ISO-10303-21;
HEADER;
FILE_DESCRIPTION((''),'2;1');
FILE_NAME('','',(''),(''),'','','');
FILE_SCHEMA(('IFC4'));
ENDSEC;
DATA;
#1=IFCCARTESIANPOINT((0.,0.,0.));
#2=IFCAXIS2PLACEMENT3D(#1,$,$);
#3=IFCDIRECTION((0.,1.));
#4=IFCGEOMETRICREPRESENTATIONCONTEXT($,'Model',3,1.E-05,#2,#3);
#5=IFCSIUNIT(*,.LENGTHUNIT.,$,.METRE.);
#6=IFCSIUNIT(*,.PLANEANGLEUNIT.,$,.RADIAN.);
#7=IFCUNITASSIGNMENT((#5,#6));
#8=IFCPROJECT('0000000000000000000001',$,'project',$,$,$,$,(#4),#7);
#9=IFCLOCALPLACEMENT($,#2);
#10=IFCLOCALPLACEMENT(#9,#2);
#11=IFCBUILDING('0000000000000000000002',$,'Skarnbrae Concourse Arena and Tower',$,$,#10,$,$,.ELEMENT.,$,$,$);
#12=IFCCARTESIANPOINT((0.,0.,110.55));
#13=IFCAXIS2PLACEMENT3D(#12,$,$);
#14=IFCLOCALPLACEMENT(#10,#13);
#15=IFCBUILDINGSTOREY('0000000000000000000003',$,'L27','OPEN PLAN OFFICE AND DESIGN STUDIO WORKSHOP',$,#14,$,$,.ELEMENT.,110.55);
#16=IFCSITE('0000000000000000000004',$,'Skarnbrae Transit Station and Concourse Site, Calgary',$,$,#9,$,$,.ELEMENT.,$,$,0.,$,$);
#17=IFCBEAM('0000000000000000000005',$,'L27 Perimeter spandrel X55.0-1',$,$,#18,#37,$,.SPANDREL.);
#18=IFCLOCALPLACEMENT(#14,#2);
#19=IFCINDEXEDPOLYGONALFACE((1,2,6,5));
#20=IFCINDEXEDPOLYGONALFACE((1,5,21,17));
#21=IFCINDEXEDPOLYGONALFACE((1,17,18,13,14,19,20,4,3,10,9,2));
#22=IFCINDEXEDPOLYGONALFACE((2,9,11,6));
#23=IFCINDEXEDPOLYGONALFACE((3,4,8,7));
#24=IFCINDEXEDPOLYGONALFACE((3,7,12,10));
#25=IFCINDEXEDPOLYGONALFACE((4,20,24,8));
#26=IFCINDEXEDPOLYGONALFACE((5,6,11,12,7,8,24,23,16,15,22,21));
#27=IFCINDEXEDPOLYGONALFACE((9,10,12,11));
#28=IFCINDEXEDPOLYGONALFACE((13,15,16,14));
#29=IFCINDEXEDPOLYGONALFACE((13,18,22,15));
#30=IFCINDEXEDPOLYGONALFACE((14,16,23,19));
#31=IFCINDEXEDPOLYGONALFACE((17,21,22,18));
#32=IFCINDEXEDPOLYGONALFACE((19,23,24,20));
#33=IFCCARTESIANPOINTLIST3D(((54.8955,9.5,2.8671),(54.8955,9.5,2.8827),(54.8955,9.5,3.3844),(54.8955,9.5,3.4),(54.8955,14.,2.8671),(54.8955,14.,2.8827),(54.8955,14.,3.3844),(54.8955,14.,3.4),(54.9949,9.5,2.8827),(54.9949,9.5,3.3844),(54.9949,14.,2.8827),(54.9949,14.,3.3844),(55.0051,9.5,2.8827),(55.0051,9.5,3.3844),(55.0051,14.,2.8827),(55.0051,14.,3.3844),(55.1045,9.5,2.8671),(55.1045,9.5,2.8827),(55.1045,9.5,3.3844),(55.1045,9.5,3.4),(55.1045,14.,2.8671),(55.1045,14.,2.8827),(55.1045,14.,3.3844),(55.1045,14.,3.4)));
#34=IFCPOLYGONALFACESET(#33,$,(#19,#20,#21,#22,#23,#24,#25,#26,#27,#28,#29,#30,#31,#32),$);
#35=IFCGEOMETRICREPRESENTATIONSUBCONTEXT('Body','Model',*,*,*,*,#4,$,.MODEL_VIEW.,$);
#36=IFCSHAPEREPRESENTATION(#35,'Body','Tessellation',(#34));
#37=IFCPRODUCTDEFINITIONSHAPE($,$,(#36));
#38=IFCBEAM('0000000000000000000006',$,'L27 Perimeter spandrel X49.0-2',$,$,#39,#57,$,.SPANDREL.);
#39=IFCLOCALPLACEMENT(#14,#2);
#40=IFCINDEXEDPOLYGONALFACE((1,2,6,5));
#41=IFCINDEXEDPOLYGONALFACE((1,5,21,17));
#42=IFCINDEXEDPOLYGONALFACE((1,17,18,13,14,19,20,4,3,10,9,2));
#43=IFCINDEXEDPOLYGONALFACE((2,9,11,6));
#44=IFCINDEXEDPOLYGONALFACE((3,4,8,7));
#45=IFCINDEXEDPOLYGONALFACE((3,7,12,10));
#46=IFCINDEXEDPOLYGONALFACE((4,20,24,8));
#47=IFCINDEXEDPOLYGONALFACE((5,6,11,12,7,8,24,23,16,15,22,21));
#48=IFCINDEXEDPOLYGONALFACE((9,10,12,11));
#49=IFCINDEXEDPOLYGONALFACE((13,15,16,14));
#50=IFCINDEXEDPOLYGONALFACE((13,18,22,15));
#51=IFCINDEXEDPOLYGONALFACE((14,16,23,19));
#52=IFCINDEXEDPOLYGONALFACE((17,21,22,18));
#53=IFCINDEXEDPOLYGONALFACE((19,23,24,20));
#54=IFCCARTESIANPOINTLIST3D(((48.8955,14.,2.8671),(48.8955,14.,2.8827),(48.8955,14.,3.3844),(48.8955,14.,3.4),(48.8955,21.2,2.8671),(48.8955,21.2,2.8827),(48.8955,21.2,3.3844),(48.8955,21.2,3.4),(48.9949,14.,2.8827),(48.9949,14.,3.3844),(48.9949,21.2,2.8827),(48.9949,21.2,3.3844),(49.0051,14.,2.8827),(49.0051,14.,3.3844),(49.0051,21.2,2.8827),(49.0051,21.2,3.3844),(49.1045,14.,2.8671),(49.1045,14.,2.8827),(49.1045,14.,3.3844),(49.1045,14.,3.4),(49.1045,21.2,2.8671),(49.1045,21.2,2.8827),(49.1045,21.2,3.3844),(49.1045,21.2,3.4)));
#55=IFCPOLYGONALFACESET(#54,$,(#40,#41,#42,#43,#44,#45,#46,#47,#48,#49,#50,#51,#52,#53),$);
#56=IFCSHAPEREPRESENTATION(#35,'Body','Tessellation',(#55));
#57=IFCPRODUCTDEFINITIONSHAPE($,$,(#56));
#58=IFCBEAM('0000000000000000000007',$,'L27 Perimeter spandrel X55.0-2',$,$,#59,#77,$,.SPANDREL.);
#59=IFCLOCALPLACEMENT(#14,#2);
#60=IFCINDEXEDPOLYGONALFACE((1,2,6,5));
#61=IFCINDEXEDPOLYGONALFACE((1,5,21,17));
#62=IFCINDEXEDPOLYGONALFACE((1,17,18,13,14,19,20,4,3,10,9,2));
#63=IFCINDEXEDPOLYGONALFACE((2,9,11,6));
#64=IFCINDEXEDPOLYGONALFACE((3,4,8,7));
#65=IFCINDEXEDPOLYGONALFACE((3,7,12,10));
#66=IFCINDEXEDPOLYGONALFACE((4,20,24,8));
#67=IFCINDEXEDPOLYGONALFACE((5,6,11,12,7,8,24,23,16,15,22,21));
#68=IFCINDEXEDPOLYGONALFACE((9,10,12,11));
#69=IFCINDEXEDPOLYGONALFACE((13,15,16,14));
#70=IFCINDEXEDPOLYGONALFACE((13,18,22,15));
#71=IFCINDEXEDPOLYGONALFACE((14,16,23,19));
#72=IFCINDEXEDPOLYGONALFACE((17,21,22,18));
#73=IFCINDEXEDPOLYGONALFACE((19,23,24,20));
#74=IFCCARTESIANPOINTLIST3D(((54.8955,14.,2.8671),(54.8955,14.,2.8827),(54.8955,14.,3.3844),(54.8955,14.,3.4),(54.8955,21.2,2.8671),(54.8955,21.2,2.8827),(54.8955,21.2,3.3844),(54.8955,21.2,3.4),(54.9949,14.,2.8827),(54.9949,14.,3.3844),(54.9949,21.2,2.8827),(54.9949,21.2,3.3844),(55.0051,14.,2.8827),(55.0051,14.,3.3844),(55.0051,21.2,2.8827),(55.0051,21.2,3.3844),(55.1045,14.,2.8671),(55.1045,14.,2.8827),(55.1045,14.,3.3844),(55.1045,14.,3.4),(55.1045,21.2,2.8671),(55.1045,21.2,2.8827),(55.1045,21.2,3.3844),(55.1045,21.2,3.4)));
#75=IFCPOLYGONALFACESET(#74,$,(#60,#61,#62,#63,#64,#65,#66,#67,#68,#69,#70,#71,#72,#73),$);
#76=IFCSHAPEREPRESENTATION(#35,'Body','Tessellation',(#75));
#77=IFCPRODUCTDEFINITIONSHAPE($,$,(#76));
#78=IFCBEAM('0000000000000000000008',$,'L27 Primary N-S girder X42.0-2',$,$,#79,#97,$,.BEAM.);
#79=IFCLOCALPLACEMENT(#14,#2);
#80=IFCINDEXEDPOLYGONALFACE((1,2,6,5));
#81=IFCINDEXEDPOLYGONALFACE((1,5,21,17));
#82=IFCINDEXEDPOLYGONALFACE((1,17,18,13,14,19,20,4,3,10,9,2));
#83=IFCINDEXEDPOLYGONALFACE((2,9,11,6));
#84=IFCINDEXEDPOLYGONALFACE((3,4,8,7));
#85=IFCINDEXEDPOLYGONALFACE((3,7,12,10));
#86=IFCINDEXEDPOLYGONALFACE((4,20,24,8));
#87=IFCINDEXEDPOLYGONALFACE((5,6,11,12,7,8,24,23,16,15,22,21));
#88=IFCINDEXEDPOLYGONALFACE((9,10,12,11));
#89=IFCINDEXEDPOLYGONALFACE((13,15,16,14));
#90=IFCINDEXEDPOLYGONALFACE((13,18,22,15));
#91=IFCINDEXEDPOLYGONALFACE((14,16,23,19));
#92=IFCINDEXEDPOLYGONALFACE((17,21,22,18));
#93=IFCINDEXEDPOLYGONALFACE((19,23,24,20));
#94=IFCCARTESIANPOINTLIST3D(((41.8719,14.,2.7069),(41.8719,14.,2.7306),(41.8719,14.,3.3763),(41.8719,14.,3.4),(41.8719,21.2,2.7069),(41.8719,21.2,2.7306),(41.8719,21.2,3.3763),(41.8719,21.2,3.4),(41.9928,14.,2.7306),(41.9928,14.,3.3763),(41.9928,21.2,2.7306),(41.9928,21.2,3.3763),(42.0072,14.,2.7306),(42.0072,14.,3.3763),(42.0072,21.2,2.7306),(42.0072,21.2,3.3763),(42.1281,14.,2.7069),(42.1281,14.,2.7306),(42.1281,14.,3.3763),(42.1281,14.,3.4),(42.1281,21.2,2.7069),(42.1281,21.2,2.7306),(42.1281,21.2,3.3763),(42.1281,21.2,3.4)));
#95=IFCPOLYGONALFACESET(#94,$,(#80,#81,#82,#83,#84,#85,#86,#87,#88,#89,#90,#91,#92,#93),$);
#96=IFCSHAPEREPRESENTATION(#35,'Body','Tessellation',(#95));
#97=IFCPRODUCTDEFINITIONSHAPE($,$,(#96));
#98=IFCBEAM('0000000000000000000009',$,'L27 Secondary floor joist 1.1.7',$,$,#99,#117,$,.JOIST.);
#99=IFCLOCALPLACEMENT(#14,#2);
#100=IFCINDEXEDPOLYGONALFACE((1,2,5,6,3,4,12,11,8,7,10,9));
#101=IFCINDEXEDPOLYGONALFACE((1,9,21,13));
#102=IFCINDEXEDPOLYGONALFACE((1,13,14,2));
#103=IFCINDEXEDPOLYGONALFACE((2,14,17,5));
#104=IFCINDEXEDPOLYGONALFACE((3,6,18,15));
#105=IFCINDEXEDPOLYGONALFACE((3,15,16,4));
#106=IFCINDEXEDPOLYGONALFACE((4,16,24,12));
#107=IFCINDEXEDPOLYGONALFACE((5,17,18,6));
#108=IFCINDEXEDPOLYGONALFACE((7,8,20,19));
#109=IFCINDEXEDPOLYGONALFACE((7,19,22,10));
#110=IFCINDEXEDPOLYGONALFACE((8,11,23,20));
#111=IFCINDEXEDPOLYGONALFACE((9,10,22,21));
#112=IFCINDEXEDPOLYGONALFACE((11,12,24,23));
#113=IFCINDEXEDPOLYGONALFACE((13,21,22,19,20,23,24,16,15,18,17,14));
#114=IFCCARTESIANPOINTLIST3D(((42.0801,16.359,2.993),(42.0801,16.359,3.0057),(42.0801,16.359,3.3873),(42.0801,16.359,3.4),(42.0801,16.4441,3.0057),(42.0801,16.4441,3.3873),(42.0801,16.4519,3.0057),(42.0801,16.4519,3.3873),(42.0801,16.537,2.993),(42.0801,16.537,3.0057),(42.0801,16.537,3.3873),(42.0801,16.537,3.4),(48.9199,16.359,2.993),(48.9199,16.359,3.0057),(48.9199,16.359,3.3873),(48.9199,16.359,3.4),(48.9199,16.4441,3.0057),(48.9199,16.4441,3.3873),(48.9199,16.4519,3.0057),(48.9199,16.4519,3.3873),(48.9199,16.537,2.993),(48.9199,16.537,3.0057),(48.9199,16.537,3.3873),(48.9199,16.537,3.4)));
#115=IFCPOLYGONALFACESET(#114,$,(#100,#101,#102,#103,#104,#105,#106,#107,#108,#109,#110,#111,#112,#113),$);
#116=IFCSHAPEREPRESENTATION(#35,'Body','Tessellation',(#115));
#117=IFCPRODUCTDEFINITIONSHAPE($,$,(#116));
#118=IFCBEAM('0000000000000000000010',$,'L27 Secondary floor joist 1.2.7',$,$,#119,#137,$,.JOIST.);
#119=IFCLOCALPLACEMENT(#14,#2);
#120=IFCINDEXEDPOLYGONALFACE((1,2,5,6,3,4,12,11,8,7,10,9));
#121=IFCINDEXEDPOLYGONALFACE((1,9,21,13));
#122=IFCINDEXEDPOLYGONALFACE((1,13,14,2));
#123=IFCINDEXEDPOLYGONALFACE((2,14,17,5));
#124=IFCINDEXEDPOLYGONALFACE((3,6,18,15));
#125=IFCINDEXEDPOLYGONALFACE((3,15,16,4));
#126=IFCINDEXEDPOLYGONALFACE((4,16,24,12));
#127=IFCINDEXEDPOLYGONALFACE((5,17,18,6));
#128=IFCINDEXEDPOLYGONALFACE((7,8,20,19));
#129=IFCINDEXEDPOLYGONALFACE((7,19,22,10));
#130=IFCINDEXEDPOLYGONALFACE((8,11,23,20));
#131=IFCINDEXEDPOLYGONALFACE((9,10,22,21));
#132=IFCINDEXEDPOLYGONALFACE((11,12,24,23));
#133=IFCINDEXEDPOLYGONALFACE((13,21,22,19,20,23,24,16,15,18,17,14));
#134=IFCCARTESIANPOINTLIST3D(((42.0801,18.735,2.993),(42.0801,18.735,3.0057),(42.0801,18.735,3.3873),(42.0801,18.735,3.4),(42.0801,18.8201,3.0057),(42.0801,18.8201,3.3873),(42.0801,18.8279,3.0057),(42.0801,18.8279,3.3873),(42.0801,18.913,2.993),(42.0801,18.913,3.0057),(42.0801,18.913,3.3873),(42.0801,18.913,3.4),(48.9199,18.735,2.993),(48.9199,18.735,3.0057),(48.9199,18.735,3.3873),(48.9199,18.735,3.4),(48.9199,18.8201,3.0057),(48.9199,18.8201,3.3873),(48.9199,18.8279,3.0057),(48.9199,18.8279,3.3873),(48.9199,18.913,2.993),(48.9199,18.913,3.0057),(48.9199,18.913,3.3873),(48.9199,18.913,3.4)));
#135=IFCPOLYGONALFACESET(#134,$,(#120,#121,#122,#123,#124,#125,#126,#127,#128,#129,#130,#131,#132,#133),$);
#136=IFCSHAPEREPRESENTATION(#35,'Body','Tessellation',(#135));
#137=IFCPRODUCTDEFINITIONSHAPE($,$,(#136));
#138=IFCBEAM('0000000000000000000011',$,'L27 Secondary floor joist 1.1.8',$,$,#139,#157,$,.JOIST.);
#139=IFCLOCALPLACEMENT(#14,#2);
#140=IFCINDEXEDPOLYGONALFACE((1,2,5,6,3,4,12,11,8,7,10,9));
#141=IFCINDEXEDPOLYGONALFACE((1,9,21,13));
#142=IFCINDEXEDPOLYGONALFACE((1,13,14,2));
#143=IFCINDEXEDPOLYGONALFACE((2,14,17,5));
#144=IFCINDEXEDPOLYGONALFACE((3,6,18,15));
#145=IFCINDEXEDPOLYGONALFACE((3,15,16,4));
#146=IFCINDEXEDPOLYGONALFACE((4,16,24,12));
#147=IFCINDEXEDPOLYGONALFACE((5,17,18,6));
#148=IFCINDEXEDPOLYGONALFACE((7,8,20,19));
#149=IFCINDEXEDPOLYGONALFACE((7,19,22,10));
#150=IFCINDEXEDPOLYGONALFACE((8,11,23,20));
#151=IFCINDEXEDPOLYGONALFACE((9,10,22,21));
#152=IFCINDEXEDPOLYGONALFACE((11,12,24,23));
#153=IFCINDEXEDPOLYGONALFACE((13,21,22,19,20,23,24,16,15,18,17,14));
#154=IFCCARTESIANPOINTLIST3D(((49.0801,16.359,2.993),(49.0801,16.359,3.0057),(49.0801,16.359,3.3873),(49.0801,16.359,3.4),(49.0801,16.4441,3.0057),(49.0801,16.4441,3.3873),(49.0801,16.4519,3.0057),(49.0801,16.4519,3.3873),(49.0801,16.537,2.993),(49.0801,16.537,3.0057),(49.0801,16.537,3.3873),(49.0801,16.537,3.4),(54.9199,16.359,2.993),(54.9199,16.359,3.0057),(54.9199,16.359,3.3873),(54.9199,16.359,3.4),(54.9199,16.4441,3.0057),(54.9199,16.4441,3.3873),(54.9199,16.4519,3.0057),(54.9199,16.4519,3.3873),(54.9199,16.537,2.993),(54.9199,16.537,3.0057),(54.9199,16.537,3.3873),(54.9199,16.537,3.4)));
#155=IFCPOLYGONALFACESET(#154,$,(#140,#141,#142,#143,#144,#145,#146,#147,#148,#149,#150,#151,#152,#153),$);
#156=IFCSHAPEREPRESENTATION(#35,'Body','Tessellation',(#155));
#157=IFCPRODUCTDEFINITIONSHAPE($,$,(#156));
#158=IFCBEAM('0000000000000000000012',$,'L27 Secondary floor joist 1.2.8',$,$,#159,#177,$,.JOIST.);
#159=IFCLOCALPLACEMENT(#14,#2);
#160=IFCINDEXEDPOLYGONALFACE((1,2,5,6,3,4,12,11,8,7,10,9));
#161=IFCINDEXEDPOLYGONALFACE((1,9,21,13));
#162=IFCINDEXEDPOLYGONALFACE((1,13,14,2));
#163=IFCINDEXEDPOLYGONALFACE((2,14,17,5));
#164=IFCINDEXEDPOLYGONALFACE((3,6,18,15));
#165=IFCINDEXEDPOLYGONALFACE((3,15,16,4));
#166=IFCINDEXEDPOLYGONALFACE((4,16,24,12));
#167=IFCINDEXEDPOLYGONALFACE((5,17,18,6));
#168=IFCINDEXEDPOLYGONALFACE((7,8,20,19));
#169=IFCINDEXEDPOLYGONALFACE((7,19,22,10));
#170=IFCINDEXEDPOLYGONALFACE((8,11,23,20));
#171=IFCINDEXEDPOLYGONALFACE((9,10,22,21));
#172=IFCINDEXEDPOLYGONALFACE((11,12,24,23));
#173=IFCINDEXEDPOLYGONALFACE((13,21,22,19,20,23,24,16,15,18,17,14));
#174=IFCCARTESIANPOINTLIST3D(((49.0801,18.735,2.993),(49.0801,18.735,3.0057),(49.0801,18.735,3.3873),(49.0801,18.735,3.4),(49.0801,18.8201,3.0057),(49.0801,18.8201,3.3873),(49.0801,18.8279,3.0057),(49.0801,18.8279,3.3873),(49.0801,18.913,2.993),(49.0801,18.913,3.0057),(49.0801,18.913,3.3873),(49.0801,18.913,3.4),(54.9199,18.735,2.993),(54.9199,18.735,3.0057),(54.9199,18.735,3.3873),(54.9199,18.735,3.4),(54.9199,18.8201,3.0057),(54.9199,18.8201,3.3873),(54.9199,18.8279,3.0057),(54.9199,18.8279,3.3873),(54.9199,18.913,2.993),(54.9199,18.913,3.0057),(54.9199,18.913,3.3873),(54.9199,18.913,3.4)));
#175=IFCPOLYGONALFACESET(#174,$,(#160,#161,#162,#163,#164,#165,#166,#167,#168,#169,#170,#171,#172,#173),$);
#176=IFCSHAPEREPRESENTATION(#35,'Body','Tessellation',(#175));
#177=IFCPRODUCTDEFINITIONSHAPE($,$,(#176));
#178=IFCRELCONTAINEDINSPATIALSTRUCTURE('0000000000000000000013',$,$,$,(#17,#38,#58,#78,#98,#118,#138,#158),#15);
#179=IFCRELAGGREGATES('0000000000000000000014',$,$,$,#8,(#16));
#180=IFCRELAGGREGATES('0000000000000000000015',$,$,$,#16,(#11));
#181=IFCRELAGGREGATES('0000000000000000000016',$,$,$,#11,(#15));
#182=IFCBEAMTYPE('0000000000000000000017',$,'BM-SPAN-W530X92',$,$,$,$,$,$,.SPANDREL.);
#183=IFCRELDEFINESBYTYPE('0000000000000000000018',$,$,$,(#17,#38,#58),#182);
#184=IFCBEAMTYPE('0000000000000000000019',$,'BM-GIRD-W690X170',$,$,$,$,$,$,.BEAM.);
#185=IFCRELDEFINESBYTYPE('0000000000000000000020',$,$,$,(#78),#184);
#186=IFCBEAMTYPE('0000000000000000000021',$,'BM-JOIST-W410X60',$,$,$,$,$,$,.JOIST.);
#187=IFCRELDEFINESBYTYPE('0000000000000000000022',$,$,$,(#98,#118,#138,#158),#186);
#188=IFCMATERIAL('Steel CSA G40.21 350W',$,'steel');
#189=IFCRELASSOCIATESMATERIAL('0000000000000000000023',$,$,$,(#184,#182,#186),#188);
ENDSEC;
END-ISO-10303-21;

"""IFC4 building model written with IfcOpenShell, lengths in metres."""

from ifc_helpers import new_model, si_unit, direction, frame, origin, origin_2d, place, context, subcontext, project, spatial, i_section, extrude, source, transform, mapped, material, material_profile, profile_set, type_object, element, save


model = new_model("IFC4")

# Units and contexts
model_context = context("Model", 3, precision=1e-05, world=origin(), true_north=direction((0.0, 1.0)))
body_context = subcontext(model_context, "Body", "Model", "MODEL_VIEW")
ifc_project = project(units=[si_unit("LENGTHUNIT", "METRE"), si_unit("PLANEANGLEUNIT", "RADIAN")], contexts=[model_context])

# Site, building, storey
site_placement = place(None, origin())
site = spatial("IfcSite", under=ifc_project, at=site_placement, Name="Skarnbrae Transit Station and Concourse Site, Calgary", CompositionType="ELEMENT", RefElevation=0.0)
building_placement = place(site_placement, origin())
building = spatial("IfcBuilding", under=site, at=building_placement, Name="Skarnbrae Concourse Arena and Tower", CompositionType="ELEMENT")
storey_placement = place(building_placement, frame((0.0, 0.0, 110.55)))
storey = spatial("IfcBuildingStorey", under=building, at=storey_placement, Name="L27", Description="OPEN PLAN OFFICE AND DESIGN STUDIO WORKSHOP", CompositionType="ELEMENT", Elevation=110.55)

# Shared definitions
ifc_material_1 = material(Name="Steel CSA G40.21 350W", Category="steel")

# Beams
ifc_material_profile_1 = material_profile(ifc_material_1, i_section(OverallWidth=0.2561, OverallDepth=0.6931, WebThickness=0.0144, FlangeThickness=0.0237, at=origin_2d()), Name="W690X170")
ifc_profile_set_1 = profile_set([ifc_material_profile_1], Name="Steel CSA G40.21 350W")
beam_type_1 = type_object("IfcBeamType", Name="BM-GIRD-W690X170", PredefinedType="BEAM", material=ifc_profile_set_1)
ifc_material_profile_2 = material_profile(ifc_material_1, i_section(OverallWidth=0.209, OverallDepth=0.533, WebThickness=0.0103, FlangeThickness=0.0156, at=origin_2d()), Name="W530X92")
ifc_profile_set_2 = profile_set([ifc_material_profile_2], Name="Steel CSA G40.21 350W")
beam_type_2 = type_object("IfcBeamType", Name="BM-SPAN-W530X92", PredefinedType="SPANDREL", material=ifc_profile_set_2)
shared_shape_1 = source(origin(), body_context, "Body", "SweptSolid", [
    extrude(i_section(OverallWidth=0.209, OverallDepth=0.533, WebThickness=0.0103, FlangeThickness=0.0156, at=origin_2d()), origin(), (0.0, 0.0, 1.0), 4.5),
])
for number, where, z_axis, x_axis, name in (
    (1, (55.0, 9.5, 3.1335), (0.0, 1.0, 0.0), (-1.0, 0.0, 0.0), "L27 Perimeter spandrel X55.0-1"),
):
    element("IfcBeam", number, at=place(storey_placement, frame(where, z_axis=z_axis, x_axis=x_axis)), inside=storey, type_object=beam_type_2, Name=name, PredefinedType="SPANDREL", context=body_context, shape_type="MappedRepresentation", body=[
        mapped(shared_shape_1, transform((0.0, 0.0, 0.0))),
    ])
shared_shape_2 = source(origin(), body_context, "Body", "SweptSolid", [
    extrude(i_section(OverallWidth=0.209, OverallDepth=0.533, WebThickness=0.0103, FlangeThickness=0.0156, at=origin_2d()), origin(), (0.0, 0.0, 1.0), 7.2),
])
for number, where, z_axis, x_axis, name in (
    (2, (49.0, 14.0, 3.1335), (0.0, 1.0, 0.0), (-1.0, 0.0, 0.0), "L27 Perimeter spandrel X49.0-2"),
    (3, (55.0, 14.0, 3.1335), (0.0, 1.0, 0.0), (-1.0, 0.0, 0.0), "L27 Perimeter spandrel X55.0-2"),
):
    element("IfcBeam", number, at=place(storey_placement, frame(where, z_axis=z_axis, x_axis=x_axis)), inside=storey, type_object=beam_type_2, Name=name, PredefinedType="SPANDREL", context=body_context, shape_type="MappedRepresentation", body=[
        mapped(shared_shape_2, transform((0.0, 0.0, 0.0))),
    ])
shared_shape_3 = source(origin(), body_context, "Body", "SweptSolid", [
    extrude(i_section(OverallWidth=0.2561, OverallDepth=0.6931, WebThickness=0.0144, FlangeThickness=0.0237, at=origin_2d()), origin(), (0.0, 0.0, 1.0), 7.2),
])
beam_1_placement = place(storey_placement, frame((42.0, 14.0, 3.0535), z_axis=(0.0, 1.0, 0.0), x_axis=(-1.0, 0.0, 0.0)))
element("IfcBeam", 4, at=beam_1_placement, inside=storey, type_object=beam_type_1, Name="L27 Primary N-S girder X42.0-2", PredefinedType="BEAM", context=body_context, shape_type="MappedRepresentation", body=[
    mapped(shared_shape_3, transform((0.0, 0.0, 0.0))),
])
ifc_material_profile_3 = material_profile(ifc_material_1, i_section(OverallWidth=0.178, OverallDepth=0.407, WebThickness=0.0078, FlangeThickness=0.0127, at=origin_2d()), Name="W410X60")
ifc_profile_set_3 = profile_set([ifc_material_profile_3], Name="Steel CSA G40.21 350W")
beam_type_3 = type_object("IfcBeamType", Name="BM-JOIST-W410X60", PredefinedType="JOIST", material=ifc_profile_set_3)
shared_shape_4 = source(origin(), body_context, "Body", "SweptSolid", [
    extrude(i_section(OverallWidth=0.178, OverallDepth=0.407, WebThickness=0.0078, FlangeThickness=0.0127, at=origin_2d()), origin(), (0.0, 0.0, 1.0), 6.8398),
])
for number, where, z_axis, x_axis, name in (
    (5, (42.0801, 16.448, 3.1965), (1.0, 0.0, 0.0), (0.0, 1.0, 0.0), "L27 Secondary floor joist 1.1.7"),
    (6, (42.0801, 18.824, 3.1965), (1.0, 0.0, 0.0), (0.0, 1.0, 0.0), "L27 Secondary floor joist 1.2.7"),
):
    element("IfcBeam", number, at=place(storey_placement, frame(where, z_axis=z_axis, x_axis=x_axis)), inside=storey, type_object=beam_type_3, Name=name, PredefinedType="JOIST", context=body_context, shape_type="MappedRepresentation", body=[
        mapped(shared_shape_4, transform((0.0, 0.0, 0.0))),
    ])
shared_shape_5 = source(origin(), body_context, "Body", "SweptSolid", [
    extrude(i_section(OverallWidth=0.178, OverallDepth=0.407, WebThickness=0.0078, FlangeThickness=0.0127, at=origin_2d()), origin(), (0.0, 0.0, 1.0), 5.8398),
])
for number, where, z_axis, x_axis, name in (
    (7, (49.0801, 16.448, 3.1965), (1.0, 0.0, 0.0), (0.0, 1.0, 0.0), "L27 Secondary floor joist 1.1.8"),
    (8, (49.0801, 18.824, 3.1965), (1.0, 0.0, 0.0), (0.0, 1.0, 0.0), "L27 Secondary floor joist 1.2.8"),
):
    element("IfcBeam", number, at=place(storey_placement, frame(where, z_axis=z_axis, x_axis=x_axis)), inside=storey, type_object=beam_type_3, Name=name, PredefinedType="JOIST", context=body_context, shape_type="MappedRepresentation", body=[
        mapped(shared_shape_5, transform((0.0, 0.0, 0.0))),
    ])

save(model, "model.ifc")
